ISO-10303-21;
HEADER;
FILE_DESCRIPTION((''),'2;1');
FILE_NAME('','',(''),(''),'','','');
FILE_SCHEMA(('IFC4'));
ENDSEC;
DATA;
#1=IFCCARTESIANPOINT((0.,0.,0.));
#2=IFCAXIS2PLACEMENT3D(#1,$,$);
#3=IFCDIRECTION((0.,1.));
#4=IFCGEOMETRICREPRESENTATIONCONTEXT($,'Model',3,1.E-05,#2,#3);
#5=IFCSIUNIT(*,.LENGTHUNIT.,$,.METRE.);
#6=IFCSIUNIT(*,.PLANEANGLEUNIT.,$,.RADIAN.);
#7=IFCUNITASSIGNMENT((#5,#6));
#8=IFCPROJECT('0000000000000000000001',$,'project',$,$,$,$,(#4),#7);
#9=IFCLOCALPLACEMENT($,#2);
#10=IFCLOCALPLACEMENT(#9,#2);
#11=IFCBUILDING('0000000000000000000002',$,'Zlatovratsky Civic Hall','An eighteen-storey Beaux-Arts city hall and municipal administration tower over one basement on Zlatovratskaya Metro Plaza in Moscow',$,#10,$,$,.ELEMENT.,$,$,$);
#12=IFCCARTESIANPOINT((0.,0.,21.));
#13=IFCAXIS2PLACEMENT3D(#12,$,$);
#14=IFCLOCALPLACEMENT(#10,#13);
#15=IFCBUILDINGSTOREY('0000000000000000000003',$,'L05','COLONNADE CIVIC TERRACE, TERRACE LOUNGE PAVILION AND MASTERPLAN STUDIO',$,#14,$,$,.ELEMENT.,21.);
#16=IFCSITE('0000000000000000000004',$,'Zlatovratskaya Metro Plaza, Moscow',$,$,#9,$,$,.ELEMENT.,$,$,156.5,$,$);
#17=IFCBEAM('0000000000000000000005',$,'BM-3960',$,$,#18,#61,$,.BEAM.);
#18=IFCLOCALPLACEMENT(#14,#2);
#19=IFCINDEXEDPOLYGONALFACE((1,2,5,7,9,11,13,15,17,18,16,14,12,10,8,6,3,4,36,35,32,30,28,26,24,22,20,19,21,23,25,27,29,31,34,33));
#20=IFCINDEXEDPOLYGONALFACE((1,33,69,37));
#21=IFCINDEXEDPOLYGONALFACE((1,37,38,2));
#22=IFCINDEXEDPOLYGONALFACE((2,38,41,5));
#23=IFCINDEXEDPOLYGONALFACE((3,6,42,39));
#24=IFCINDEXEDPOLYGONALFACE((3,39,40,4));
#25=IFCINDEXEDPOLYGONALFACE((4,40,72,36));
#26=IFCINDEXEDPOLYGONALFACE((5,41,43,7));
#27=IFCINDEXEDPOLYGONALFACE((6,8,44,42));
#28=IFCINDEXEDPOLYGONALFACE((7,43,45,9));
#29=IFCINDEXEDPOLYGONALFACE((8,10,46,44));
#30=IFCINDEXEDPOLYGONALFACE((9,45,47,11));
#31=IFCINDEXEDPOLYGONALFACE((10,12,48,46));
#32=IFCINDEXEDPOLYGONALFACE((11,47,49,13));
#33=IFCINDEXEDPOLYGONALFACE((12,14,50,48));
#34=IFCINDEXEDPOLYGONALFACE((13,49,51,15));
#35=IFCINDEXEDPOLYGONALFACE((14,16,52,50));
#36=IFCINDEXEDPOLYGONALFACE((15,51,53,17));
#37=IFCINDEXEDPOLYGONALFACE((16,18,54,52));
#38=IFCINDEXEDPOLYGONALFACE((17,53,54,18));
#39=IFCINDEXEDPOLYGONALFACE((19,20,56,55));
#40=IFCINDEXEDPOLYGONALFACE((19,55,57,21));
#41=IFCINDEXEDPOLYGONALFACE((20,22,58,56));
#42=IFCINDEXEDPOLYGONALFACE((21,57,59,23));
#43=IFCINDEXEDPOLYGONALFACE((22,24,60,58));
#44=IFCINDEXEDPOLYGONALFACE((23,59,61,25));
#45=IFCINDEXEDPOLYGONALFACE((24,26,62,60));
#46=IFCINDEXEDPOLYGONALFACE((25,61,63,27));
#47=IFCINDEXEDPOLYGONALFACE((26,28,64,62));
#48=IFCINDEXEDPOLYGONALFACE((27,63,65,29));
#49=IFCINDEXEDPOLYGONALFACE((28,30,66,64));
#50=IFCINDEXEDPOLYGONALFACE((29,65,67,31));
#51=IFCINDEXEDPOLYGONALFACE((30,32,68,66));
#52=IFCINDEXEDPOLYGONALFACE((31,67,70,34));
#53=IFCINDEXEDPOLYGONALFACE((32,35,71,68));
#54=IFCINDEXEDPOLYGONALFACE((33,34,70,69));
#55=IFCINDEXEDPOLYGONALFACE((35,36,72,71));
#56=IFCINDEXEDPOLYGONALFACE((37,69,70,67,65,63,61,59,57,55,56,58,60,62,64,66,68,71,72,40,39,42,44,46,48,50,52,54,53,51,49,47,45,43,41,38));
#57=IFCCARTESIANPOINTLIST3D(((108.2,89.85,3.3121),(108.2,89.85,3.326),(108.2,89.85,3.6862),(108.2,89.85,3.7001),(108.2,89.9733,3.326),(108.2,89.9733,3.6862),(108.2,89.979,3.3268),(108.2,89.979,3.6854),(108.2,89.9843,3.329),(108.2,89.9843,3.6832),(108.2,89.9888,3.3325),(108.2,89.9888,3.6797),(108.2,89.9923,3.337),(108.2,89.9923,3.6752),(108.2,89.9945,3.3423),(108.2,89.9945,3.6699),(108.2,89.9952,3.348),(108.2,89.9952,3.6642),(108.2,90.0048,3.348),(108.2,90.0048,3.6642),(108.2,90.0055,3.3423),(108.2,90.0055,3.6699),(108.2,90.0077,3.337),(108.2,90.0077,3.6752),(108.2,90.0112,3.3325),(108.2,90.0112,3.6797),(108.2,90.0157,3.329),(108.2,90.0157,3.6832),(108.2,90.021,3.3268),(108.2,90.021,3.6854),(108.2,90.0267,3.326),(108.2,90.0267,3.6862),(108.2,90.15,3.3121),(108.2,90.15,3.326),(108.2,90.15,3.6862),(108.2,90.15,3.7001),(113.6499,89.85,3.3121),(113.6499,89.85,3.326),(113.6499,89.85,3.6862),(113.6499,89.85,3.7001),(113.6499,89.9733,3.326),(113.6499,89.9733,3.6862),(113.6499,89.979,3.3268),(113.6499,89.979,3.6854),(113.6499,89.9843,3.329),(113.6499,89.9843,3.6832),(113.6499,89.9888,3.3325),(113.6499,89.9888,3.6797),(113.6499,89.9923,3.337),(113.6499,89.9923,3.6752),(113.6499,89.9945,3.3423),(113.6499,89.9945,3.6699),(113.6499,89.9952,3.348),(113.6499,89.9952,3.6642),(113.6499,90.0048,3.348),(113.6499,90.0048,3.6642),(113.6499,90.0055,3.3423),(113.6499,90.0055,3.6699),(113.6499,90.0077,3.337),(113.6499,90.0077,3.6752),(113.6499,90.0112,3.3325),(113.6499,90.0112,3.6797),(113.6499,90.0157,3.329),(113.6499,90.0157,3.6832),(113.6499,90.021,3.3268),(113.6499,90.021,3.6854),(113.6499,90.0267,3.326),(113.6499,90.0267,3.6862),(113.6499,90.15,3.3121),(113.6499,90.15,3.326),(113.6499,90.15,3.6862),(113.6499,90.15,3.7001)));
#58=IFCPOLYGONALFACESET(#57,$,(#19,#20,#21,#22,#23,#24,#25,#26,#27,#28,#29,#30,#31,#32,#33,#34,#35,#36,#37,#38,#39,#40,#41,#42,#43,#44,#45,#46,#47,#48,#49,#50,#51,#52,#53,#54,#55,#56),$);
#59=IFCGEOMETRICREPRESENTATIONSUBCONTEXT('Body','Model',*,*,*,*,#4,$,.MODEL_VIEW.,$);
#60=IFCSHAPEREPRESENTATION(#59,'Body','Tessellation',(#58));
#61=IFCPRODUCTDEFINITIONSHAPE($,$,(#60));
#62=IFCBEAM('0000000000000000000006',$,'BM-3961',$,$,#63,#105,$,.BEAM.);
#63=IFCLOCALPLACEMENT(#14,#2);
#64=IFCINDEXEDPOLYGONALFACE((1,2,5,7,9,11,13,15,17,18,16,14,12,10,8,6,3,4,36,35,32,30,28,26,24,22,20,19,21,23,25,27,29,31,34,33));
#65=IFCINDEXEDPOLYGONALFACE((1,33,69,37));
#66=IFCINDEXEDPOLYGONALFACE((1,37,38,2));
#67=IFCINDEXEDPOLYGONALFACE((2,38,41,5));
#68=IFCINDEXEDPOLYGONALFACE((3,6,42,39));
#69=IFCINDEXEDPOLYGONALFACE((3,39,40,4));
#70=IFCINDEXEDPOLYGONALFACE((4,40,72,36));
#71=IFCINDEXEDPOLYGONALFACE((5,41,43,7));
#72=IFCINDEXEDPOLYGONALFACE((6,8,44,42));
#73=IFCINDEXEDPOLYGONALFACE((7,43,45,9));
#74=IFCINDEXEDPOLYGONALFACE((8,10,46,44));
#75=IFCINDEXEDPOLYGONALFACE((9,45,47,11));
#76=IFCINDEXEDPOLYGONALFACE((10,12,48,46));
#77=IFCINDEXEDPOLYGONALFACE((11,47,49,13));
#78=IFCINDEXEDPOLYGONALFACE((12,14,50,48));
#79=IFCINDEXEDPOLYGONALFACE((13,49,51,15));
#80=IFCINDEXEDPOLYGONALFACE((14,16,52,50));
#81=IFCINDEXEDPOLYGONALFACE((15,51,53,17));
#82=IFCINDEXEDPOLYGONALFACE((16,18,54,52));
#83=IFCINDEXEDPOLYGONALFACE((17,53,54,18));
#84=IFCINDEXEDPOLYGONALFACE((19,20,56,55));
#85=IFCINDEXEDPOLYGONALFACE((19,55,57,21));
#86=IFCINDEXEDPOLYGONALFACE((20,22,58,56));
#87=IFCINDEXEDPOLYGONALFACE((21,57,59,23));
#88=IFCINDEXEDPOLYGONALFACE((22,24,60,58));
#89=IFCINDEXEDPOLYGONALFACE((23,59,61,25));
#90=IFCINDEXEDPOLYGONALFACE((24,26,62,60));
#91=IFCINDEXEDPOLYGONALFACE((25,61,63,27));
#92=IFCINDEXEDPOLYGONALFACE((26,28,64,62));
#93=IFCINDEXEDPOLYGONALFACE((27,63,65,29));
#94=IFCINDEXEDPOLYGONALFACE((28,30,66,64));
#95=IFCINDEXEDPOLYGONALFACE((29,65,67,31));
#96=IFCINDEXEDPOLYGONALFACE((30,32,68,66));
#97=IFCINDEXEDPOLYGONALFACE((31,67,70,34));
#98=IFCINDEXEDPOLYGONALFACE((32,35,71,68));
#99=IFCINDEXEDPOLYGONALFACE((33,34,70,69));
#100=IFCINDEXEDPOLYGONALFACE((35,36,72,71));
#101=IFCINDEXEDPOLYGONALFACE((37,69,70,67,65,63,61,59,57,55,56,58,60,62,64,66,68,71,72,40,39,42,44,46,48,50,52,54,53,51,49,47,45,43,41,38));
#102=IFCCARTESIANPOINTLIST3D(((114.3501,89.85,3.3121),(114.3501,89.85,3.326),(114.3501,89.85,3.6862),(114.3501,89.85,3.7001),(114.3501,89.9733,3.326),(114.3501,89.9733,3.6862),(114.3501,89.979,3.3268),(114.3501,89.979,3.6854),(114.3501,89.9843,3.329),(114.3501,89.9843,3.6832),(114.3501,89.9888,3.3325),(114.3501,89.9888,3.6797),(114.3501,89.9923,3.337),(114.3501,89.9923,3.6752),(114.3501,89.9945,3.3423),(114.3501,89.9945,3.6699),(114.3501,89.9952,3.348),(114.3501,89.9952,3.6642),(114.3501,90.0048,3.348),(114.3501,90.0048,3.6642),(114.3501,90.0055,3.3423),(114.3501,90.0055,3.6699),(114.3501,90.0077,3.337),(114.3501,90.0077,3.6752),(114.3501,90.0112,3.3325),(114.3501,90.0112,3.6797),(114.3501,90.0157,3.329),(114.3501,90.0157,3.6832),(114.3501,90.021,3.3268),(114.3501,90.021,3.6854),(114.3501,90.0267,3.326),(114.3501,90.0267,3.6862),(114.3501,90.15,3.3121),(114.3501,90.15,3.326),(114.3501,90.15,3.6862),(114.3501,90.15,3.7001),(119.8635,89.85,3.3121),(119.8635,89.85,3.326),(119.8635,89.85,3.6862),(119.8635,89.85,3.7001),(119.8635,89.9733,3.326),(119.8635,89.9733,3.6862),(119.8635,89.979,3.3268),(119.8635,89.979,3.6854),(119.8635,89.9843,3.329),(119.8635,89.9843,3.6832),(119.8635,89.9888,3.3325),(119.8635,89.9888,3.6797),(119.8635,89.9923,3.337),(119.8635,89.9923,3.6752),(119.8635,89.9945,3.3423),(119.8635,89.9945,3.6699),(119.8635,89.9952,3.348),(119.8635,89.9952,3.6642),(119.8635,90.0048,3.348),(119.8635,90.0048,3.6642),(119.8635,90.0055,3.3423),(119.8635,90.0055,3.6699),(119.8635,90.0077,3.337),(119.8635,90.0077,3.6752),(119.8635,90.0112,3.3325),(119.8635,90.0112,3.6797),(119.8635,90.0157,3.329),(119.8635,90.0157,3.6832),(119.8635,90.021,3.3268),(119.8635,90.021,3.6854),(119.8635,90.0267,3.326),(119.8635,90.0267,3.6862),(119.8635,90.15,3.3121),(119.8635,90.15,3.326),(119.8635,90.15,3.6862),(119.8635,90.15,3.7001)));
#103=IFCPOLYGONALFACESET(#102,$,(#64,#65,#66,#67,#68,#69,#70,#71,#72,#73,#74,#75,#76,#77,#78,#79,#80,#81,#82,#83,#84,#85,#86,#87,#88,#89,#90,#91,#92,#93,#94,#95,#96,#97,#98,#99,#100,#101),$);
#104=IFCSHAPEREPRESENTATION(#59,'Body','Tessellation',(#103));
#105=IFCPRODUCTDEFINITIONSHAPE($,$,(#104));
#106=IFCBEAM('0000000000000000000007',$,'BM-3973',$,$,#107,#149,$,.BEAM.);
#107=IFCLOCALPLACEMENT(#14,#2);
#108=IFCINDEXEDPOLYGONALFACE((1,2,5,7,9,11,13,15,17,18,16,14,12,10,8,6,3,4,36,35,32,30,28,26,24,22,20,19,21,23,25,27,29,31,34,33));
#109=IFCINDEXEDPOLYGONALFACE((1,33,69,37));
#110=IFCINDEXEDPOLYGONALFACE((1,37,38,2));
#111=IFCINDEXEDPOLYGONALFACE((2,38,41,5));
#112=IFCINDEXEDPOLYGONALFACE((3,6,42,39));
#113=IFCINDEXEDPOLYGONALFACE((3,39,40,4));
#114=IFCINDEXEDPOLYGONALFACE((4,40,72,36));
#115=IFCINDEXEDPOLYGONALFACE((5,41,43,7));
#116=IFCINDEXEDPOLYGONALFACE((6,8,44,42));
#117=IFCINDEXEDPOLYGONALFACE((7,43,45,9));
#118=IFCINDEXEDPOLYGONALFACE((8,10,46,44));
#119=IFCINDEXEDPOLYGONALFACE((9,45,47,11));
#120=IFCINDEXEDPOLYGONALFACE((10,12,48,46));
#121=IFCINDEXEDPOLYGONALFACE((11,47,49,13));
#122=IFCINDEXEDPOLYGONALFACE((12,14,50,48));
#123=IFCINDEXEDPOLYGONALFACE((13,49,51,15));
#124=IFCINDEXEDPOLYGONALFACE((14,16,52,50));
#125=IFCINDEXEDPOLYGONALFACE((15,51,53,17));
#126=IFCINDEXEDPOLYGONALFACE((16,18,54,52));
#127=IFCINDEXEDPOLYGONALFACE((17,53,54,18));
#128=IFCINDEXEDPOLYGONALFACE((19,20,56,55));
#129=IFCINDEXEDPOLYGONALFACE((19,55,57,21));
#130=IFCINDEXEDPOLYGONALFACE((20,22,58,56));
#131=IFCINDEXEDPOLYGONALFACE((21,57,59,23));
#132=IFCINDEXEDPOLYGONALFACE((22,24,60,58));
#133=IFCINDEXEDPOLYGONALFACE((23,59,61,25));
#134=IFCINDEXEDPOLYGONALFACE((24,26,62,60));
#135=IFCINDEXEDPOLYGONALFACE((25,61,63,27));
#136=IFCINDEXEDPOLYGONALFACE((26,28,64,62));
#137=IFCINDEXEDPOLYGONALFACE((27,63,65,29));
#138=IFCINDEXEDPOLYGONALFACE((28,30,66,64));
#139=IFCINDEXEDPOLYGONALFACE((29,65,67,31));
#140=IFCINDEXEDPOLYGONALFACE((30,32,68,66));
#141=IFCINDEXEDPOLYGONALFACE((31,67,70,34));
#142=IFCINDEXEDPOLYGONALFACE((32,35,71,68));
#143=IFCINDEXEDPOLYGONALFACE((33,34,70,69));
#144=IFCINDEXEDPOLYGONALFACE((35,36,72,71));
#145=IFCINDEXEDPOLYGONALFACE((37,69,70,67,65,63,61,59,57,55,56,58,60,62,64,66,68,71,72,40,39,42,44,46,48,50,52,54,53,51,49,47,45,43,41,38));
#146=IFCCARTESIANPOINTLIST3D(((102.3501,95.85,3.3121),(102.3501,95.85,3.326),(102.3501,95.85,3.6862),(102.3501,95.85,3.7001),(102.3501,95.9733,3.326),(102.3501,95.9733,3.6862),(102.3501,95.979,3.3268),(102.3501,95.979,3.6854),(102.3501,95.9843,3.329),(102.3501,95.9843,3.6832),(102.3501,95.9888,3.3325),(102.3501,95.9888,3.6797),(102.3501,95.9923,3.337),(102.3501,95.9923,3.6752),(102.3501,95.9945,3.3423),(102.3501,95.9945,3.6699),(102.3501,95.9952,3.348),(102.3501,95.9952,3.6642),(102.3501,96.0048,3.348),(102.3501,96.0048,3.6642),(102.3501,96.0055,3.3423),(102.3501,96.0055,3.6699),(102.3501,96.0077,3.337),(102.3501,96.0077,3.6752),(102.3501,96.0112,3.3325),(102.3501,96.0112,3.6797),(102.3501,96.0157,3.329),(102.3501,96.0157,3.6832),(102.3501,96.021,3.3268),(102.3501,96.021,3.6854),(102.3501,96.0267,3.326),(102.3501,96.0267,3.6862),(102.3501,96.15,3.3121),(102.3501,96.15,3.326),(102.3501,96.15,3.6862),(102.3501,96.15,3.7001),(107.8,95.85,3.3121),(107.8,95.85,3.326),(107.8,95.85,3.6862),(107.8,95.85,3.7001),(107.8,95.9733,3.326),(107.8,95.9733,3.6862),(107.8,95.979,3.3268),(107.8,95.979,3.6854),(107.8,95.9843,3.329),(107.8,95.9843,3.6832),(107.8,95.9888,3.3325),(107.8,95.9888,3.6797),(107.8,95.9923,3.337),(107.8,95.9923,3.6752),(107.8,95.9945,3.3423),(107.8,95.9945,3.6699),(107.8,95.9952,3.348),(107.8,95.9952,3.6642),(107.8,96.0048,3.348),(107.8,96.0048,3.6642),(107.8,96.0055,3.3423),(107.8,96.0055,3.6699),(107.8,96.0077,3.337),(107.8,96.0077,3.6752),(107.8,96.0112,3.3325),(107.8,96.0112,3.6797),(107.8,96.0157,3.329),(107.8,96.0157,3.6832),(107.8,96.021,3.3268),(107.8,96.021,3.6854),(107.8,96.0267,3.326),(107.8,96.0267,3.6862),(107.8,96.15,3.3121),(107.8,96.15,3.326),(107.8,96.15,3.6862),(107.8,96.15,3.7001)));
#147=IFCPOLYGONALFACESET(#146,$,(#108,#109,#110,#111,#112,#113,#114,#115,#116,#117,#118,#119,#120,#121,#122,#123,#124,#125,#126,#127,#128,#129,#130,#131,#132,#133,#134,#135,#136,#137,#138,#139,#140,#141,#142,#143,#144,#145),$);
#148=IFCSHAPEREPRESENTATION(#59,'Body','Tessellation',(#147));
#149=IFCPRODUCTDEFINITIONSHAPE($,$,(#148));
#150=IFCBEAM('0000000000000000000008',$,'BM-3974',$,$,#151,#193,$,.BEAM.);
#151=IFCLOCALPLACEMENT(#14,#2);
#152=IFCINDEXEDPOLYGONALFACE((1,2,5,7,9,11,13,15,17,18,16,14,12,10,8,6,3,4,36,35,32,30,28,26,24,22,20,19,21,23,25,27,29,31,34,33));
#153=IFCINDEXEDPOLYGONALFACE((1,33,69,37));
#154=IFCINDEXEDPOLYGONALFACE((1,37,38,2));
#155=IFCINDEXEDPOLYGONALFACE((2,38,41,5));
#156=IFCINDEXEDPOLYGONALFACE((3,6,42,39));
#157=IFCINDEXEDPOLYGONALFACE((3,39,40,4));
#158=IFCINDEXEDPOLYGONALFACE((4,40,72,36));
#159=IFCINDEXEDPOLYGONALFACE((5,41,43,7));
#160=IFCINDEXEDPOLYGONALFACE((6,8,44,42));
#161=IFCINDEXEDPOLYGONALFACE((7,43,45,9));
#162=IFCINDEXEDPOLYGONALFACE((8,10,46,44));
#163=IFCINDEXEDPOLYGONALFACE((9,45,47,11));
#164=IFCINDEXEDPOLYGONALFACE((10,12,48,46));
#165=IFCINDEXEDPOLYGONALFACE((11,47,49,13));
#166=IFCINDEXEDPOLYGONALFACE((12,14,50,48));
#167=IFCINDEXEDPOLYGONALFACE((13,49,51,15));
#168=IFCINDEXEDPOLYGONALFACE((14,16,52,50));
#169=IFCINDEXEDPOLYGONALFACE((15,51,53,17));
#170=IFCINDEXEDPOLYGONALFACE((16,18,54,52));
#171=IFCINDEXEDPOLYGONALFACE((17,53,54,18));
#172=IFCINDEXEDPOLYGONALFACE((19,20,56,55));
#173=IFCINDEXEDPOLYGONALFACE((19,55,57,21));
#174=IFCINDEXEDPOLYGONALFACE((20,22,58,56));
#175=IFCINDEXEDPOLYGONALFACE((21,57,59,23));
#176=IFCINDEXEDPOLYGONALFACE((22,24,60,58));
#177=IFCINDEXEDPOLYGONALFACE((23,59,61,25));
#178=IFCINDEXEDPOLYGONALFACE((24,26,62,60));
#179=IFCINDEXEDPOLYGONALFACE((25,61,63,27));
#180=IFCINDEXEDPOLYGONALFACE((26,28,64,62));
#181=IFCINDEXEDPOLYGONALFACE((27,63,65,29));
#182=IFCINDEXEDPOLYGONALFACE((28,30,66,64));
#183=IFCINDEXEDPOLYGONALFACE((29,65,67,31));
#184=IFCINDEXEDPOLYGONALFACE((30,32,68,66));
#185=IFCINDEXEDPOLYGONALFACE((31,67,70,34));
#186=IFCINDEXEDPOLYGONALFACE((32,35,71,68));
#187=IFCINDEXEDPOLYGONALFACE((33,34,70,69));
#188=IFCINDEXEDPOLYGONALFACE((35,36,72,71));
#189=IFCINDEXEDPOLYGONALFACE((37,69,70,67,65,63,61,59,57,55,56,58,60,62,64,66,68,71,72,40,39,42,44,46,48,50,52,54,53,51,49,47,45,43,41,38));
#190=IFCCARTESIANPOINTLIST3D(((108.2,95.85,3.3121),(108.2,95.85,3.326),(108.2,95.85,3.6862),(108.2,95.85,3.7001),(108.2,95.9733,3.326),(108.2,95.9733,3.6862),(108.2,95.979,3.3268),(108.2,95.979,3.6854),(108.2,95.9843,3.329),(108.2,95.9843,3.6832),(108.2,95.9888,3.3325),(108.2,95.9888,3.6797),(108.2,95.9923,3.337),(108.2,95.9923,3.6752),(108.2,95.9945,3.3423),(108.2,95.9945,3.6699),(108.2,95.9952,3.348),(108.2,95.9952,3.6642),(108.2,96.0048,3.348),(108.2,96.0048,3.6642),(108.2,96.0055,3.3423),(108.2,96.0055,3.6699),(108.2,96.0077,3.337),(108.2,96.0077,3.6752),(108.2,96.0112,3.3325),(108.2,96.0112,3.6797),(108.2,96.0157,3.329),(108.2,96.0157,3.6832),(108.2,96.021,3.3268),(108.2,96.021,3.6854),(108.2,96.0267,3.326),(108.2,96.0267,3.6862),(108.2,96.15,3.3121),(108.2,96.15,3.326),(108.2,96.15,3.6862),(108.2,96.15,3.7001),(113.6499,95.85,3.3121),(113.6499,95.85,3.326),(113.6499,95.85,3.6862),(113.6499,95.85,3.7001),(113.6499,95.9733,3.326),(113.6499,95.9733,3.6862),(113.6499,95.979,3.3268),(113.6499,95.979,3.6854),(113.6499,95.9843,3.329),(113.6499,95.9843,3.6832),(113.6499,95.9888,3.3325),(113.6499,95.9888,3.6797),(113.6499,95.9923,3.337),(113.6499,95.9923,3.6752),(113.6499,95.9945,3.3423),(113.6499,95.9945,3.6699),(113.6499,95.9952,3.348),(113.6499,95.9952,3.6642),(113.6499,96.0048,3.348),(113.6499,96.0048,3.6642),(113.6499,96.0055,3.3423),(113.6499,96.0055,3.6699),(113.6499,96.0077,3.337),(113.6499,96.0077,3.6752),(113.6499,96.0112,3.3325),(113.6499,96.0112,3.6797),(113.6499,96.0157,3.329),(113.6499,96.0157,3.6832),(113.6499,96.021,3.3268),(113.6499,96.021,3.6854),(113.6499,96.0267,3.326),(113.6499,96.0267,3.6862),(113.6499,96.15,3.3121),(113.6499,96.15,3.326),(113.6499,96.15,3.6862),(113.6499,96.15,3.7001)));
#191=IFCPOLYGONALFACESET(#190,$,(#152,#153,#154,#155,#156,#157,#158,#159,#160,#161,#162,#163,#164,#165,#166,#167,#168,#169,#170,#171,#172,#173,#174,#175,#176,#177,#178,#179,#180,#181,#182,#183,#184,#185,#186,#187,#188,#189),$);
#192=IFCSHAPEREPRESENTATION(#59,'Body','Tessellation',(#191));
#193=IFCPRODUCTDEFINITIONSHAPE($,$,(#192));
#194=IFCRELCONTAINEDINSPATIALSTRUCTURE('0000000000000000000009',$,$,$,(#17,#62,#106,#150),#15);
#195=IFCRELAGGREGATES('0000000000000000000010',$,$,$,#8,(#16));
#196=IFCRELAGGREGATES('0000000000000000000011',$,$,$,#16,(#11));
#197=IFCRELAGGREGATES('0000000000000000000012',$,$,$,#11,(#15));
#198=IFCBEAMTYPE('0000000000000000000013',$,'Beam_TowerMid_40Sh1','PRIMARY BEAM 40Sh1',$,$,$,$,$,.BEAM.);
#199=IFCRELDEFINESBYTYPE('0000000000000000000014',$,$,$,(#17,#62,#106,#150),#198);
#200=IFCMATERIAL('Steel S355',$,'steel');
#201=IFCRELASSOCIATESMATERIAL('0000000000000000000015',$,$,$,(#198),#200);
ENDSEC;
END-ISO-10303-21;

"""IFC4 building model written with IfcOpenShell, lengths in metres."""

from ifc_helpers import new_model, si_unit, direction, frame, origin, origin_2d, place, context, subcontext, project, spatial, i_section, extrude, material, material_profile, profile_set, type_object, element, save


model = new_model("IFC4")

# Units and contexts
model_context = context("Model", 3, precision=1e-05, world=origin(), true_north=direction((0.0, 1.0)))
body_context = subcontext(model_context, "Body", "Model", "MODEL_VIEW")
ifc_project = project(units=[si_unit("LENGTHUNIT", "METRE"), si_unit("PLANEANGLEUNIT", "RADIAN")], contexts=[model_context])

# Site, building, storey
site_placement = place(None, origin())
site = spatial("IfcSite", under=ifc_project, at=site_placement, Name="Zlatovratskaya Metro Plaza, Moscow", CompositionType="ELEMENT", RefElevation=156.5)
building_placement = place(site_placement, origin())
building = spatial("IfcBuilding", under=site, at=building_placement, Name="Zlatovratsky Civic Hall", Description="An eighteen-storey Beaux-Arts city hall and municipal administration tower over one basement on Zlatovratskaya Metro Plaza in Moscow", CompositionType="ELEMENT")
storey_placement = place(building_placement, frame((0.0, 0.0, 21.0)))
storey = spatial("IfcBuildingStorey", under=building, at=storey_placement, Name="L05", Description="COLONNADE CIVIC TERRACE, TERRACE LOUNGE PAVILION AND MASTERPLAN STUDIO", CompositionType="ELEMENT", Elevation=21.0)

# Shared definitions
ifc_material_1 = material(Name="Steel S355", Category="steel")

# Beams
ifc_material_profile_1 = material_profile(ifc_material_1, i_section(OverallWidth=0.3, OverallDepth=0.3879, WebThickness=0.0095, FlangeThickness=0.0139, FilletRadius=0.022, at=origin_2d()), Name="40Sh1")
ifc_profile_set_1 = profile_set([ifc_material_profile_1], Name="Steel S355")
beam_type_1 = type_object("IfcBeamType", Name="Beam_TowerMid_40Sh1", Description="PRIMARY BEAM 40Sh1", PredefinedType="BEAM", material=ifc_profile_set_1)
for number, where, z_axis, x_axis, name in (
    (1, (108.2, 90.0, 3.5061), (1.0, 0.0, 0.0), (0.0, 1.0, 0.0), "BM-3960"),
):
    element("IfcBeam", number, at=place(storey_placement, frame(where, z_axis=z_axis, x_axis=x_axis)), inside=storey, type_object=beam_type_1, Name=name, PredefinedType="BEAM", context=body_context, shape_type="SweptSolid", body=[
        extrude(i_section(OverallWidth=0.3, OverallDepth=0.3879, WebThickness=0.0095, FlangeThickness=0.0139, FilletRadius=0.022, at=origin_2d()), origin(), (0.0, 0.0, 1.0), 5.45),
    ])
beam_1_placement = place(storey_placement, frame((114.3501, 90.0, 3.5061), z_axis=(1.0, 0.0, 0.0), x_axis=(0.0, 1.0, 0.0)))
element("IfcBeam", 2, at=beam_1_placement, inside=storey, type_object=beam_type_1, Name="BM-3961", PredefinedType="BEAM", context=body_context, shape_type="SweptSolid", body=[
    extrude(i_section(OverallWidth=0.3, OverallDepth=0.3879, WebThickness=0.0095, FlangeThickness=0.0139, FilletRadius=0.022, at=origin_2d()), origin(), (0.0, 0.0, 1.0), 5.5134),
])
for number, where, z_axis, x_axis, name in (
    (3, (102.3501, 96.0, 3.5061), (1.0, 0.0, 0.0), (0.0, 1.0, 0.0), "BM-3973"),
    (4, (108.2, 96.0, 3.5061), (1.0, 0.0, 0.0), (0.0, 1.0, 0.0), "BM-3974"),
):
    element("IfcBeam", number, at=place(storey_placement, frame(where, z_axis=z_axis, x_axis=x_axis)), inside=storey, type_object=beam_type_1, Name=name, PredefinedType="BEAM", context=body_context, shape_type="SweptSolid", body=[
        extrude(i_section(OverallWidth=0.3, OverallDepth=0.3879, WebThickness=0.0095, FlangeThickness=0.0139, FilletRadius=0.022, at=origin_2d()), origin(), (0.0, 0.0, 1.0), 5.45),
    ])

save(model, "model.ifc")
